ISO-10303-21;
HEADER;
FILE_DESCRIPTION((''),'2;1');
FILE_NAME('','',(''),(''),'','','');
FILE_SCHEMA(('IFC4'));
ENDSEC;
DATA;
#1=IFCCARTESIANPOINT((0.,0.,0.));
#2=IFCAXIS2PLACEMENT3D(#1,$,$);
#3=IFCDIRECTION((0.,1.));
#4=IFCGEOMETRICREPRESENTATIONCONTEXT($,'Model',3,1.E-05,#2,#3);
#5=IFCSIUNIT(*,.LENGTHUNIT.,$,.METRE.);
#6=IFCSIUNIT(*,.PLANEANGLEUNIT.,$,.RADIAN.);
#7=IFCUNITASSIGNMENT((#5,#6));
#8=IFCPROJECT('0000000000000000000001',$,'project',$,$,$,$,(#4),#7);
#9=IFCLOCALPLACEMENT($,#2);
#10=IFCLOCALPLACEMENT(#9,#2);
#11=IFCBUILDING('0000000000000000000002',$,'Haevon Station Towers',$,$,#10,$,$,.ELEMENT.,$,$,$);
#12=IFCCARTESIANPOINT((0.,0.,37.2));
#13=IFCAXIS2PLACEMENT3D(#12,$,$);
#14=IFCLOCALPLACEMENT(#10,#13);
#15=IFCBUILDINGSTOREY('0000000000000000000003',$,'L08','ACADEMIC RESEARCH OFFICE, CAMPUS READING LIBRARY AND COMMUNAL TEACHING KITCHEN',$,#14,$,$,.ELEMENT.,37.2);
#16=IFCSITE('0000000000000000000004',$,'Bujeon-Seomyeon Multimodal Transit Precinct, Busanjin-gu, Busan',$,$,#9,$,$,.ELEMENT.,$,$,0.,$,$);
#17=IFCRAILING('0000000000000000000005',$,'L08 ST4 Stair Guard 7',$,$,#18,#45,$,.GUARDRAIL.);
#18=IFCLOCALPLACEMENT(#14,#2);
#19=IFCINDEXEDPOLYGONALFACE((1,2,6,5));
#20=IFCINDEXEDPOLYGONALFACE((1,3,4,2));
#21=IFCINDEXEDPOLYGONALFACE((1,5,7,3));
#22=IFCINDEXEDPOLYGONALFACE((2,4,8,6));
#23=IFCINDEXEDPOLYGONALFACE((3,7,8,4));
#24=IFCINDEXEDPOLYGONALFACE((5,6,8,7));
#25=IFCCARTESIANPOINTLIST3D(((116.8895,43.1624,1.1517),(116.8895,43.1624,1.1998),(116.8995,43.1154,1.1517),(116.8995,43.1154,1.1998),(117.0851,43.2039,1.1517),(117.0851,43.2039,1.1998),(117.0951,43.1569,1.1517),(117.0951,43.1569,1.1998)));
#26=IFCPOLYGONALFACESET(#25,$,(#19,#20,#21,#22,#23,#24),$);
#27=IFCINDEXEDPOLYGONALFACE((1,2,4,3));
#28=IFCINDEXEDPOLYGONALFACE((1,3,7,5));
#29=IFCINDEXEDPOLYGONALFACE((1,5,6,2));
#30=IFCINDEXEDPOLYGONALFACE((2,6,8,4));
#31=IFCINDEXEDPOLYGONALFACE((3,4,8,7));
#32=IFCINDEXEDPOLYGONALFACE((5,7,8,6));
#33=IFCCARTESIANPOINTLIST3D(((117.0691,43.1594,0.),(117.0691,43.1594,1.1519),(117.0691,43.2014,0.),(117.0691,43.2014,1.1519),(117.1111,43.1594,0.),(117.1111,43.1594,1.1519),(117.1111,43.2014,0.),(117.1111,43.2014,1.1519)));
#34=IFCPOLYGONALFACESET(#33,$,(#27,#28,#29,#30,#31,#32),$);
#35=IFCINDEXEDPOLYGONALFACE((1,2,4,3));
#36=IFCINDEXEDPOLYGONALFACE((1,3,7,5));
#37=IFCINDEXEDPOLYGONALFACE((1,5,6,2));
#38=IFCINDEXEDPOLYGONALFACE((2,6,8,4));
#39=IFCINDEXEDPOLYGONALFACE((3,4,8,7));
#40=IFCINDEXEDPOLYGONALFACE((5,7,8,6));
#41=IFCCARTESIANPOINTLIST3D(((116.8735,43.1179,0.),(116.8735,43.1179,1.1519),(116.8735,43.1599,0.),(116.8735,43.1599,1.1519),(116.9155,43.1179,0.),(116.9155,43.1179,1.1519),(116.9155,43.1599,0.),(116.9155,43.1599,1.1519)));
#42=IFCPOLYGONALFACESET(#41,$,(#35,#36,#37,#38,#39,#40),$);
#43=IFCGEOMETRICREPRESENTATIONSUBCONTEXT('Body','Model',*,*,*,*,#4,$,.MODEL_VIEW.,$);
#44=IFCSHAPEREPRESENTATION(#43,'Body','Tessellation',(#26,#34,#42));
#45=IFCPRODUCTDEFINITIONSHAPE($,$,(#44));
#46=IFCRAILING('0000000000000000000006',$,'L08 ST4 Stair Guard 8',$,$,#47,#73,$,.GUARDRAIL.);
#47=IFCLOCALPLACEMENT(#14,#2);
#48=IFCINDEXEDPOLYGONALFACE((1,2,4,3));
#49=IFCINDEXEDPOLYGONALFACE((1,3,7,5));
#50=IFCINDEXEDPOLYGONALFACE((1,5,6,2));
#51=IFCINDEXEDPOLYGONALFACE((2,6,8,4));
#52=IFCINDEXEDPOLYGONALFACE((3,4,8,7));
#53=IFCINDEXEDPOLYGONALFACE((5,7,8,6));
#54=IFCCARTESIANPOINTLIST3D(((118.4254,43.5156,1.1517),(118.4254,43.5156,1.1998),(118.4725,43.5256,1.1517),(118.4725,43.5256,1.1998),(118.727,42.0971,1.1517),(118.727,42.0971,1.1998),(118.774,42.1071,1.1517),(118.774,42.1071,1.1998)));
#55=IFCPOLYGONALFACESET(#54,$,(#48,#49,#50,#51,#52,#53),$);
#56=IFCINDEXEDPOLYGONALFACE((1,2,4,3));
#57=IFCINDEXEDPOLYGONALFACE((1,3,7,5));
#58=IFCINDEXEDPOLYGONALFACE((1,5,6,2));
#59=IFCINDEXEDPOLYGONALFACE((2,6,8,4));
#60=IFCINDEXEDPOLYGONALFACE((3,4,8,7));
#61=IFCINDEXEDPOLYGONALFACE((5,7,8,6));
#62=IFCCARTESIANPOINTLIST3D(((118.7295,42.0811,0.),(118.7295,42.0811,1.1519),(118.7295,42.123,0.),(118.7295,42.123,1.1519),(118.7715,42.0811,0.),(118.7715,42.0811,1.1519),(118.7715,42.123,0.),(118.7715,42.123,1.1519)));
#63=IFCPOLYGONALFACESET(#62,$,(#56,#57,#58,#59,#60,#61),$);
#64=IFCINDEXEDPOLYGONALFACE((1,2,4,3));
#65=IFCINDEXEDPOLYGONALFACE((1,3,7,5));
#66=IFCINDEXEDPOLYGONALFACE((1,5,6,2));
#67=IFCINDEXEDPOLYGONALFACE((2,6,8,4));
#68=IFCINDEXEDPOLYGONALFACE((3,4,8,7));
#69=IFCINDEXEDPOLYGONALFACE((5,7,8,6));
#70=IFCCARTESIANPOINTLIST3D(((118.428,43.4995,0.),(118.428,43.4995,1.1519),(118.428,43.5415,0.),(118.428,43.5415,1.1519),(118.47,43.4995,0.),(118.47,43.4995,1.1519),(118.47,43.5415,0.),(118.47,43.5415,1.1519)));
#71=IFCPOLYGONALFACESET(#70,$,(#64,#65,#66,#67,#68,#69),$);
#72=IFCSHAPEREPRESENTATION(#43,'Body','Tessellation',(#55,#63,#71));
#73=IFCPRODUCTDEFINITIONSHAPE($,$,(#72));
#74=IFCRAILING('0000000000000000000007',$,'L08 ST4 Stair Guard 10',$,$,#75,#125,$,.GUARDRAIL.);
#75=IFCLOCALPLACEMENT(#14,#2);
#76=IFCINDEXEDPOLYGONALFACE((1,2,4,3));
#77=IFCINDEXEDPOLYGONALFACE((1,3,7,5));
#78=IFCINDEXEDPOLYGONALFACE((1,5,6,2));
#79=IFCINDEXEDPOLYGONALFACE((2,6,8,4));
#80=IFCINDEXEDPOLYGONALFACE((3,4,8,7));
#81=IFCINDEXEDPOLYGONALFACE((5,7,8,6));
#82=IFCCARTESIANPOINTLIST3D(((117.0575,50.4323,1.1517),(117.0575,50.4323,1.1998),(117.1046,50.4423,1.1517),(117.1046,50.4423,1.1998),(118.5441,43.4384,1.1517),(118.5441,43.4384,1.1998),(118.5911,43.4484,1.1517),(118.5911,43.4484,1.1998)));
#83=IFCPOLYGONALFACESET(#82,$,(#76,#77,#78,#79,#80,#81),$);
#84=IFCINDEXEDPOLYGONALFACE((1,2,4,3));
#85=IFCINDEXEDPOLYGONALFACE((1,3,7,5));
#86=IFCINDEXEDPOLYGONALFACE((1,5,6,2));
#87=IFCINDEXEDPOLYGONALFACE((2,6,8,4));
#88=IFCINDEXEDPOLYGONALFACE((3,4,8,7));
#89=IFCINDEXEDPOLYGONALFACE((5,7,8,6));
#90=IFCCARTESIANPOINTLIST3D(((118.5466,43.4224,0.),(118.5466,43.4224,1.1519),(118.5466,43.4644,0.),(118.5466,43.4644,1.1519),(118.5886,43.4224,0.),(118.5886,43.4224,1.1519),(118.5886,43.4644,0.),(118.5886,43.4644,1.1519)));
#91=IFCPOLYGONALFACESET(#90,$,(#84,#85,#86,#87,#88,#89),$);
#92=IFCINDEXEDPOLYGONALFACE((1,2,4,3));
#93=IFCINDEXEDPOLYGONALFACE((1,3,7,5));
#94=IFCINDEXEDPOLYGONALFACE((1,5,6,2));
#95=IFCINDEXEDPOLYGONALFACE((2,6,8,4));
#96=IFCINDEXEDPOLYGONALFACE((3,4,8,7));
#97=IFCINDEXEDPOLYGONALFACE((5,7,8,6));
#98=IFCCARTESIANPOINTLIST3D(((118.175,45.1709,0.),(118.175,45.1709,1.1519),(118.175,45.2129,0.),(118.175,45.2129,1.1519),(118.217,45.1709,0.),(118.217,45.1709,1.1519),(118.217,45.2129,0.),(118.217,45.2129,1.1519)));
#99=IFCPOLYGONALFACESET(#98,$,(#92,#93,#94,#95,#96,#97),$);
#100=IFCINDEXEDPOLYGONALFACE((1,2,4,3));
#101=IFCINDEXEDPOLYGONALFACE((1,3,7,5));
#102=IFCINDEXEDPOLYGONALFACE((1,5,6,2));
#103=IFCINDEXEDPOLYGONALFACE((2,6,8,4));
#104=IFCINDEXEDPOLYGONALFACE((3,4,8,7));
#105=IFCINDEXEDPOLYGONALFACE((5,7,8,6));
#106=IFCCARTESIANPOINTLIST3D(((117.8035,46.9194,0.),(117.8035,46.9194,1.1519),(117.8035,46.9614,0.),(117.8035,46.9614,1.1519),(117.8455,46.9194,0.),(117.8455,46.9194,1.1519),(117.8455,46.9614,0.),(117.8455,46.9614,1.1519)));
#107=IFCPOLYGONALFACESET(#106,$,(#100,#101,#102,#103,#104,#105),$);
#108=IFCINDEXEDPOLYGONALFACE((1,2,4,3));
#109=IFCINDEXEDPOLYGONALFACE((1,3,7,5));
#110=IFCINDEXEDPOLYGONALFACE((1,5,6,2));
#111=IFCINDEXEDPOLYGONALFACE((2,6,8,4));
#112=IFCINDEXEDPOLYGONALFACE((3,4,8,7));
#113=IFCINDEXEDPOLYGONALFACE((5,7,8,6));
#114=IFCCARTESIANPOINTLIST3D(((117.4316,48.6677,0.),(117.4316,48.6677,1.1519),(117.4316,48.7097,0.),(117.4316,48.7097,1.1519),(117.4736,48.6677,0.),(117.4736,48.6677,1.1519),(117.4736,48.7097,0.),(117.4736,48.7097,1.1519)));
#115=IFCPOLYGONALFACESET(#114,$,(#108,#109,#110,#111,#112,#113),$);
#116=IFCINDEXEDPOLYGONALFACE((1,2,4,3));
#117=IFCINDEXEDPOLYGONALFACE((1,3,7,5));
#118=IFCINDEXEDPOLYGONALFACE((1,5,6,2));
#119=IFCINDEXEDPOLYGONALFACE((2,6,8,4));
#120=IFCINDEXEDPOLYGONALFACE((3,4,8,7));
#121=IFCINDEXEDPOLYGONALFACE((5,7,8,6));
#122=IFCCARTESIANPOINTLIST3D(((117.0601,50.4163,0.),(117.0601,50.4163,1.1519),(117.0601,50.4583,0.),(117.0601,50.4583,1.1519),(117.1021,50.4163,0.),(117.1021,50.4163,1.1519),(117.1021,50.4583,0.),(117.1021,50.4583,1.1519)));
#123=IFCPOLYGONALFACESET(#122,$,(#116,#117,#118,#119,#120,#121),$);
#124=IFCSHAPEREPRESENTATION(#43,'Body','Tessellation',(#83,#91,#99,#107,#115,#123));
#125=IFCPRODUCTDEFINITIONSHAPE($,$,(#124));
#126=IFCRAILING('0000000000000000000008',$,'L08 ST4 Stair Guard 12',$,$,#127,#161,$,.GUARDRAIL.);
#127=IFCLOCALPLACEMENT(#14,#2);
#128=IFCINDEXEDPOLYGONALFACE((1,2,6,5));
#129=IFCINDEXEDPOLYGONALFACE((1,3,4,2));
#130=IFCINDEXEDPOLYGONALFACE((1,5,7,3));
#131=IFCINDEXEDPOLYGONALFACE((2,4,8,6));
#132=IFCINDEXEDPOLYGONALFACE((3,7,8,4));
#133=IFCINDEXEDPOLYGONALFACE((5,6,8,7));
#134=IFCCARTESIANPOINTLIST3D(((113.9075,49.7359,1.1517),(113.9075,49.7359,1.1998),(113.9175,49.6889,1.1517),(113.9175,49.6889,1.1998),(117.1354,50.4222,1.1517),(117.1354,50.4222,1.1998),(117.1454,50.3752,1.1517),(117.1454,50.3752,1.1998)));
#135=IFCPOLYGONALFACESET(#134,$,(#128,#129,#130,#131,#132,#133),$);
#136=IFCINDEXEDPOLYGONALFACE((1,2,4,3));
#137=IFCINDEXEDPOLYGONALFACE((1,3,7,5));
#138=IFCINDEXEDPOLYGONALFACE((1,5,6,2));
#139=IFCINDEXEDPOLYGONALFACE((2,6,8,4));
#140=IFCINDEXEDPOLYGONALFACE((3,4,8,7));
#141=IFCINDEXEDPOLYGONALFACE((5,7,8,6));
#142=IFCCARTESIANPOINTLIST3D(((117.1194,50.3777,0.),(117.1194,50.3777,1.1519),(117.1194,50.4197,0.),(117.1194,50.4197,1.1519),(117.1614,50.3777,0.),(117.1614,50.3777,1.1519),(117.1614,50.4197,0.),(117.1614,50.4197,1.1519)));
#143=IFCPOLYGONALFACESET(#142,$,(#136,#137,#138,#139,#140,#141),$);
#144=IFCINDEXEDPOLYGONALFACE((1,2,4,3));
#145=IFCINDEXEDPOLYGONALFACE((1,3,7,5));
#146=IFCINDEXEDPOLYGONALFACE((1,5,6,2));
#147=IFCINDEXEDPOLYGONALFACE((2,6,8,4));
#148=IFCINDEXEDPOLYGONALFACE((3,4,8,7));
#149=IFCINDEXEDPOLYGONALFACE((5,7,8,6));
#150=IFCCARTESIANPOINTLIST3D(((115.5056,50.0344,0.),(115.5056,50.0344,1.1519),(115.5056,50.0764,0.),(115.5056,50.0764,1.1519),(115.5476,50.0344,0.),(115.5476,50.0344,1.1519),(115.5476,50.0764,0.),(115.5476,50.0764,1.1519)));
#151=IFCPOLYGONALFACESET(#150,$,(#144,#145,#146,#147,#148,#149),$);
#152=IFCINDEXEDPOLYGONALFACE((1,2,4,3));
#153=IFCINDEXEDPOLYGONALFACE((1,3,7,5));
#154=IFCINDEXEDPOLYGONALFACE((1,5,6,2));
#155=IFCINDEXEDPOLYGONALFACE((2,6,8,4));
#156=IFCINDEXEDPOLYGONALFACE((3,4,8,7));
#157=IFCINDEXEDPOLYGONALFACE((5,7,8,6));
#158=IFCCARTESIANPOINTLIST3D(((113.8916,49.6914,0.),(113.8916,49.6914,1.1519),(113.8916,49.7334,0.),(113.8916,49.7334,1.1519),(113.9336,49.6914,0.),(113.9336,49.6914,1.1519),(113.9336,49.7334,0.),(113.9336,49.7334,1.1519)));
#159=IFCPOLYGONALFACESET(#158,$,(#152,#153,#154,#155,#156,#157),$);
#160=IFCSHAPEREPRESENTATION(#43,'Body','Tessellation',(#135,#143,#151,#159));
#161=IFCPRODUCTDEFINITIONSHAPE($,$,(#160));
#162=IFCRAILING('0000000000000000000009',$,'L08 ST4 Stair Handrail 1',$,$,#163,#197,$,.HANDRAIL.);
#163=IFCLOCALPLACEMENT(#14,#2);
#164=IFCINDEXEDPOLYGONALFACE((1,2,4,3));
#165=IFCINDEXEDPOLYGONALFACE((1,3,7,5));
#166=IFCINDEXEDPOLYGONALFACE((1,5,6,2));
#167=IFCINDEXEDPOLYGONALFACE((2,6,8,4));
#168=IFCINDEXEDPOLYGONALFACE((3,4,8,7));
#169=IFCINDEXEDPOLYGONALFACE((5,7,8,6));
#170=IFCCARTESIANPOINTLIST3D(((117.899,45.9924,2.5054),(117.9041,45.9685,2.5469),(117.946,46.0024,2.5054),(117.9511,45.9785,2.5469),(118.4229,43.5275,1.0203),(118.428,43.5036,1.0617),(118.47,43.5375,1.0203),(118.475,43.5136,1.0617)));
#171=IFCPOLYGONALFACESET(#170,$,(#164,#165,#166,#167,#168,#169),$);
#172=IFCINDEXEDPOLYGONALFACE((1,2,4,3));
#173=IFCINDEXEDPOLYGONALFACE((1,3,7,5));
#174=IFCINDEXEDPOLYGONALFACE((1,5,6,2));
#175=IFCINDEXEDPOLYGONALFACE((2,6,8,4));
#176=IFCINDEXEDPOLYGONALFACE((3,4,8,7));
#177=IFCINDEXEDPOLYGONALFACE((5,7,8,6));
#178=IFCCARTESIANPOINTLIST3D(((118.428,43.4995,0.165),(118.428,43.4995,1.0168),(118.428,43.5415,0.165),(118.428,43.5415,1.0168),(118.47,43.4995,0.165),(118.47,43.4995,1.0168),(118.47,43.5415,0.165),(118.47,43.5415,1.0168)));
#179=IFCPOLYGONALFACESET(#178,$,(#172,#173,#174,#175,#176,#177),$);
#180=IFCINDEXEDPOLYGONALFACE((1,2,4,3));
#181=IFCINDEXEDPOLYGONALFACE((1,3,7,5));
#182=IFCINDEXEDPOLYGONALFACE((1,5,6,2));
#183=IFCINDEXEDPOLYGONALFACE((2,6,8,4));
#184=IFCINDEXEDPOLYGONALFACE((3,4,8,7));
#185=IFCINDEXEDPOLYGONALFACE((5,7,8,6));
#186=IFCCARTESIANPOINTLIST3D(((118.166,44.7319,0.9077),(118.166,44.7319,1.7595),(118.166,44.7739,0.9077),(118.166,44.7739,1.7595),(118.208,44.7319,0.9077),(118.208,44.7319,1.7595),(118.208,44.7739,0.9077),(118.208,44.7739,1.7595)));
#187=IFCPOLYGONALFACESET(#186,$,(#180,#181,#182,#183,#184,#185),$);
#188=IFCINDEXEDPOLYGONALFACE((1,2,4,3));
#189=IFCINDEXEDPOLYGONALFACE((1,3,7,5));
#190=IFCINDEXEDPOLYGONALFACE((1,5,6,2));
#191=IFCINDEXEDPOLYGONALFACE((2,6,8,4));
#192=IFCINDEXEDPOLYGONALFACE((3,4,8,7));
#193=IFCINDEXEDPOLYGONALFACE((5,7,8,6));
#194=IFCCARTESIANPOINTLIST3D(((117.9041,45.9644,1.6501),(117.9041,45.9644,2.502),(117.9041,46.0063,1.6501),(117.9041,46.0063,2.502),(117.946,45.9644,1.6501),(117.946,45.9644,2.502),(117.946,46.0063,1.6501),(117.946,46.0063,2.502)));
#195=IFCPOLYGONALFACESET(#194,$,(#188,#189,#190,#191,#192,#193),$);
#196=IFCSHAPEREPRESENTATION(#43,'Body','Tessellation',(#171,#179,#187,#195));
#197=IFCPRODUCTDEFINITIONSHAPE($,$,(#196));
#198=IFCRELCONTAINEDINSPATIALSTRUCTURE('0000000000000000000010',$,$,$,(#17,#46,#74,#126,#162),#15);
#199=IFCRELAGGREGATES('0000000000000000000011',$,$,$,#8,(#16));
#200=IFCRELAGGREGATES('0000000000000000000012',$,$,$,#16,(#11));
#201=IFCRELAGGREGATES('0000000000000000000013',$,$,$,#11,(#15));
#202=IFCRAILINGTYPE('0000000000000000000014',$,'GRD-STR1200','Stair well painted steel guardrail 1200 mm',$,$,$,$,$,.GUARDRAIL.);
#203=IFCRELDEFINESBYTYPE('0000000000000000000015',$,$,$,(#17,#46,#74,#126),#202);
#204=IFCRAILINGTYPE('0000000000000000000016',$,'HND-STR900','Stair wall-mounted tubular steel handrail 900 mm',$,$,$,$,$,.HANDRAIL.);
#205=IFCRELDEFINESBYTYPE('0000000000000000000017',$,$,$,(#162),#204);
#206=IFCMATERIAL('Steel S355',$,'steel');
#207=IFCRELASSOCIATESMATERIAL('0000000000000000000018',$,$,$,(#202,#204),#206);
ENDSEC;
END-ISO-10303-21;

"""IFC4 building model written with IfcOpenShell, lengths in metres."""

from ifc_helpers import new_model, si_unit, direction, frame, origin, origin_2d, place, context, subcontext, project, spatial, rectangle, extrude, material, type_object, element, save


model = new_model("IFC4")

# Units and contexts
model_context = context("Model", 3, precision=1e-05, world=origin(), true_north=direction((0.0, 1.0)))
body_context = subcontext(model_context, "Body", "Model", "MODEL_VIEW")
ifc_project = project(units=[si_unit("LENGTHUNIT", "METRE"), si_unit("PLANEANGLEUNIT", "RADIAN")], contexts=[model_context])

# Site, building, storey
site_placement = place(None, origin())
site = spatial("IfcSite", under=ifc_project, at=site_placement, Name="Bujeon-Seomyeon Multimodal Transit Precinct, Busanjin-gu, Busan", CompositionType="ELEMENT", RefElevation=0.0)
building_placement = place(site_placement, origin())
building = spatial("IfcBuilding", under=site, at=building_placement, Name="Haevon Station Towers", CompositionType="ELEMENT")
storey_placement = place(building_placement, frame((0.0, 0.0, 37.2)))
storey = spatial("IfcBuildingStorey", under=building, at=storey_placement, Name="L08", Description="ACADEMIC RESEARCH OFFICE, CAMPUS READING LIBRARY AND COMMUNAL TEACHING KITCHEN", CompositionType="ELEMENT", Elevation=37.2)

# Shared definitions
ifc_material_1 = material(Name="Steel S355", Category="steel")

# Railings
railing_type_1 = type_object("IfcRailingType", Name="GRD-STR1200", Description="Stair well painted steel guardrail 1200 mm", PredefinedType="GUARDRAIL", material=ifc_material_1)
railing_1_placement = place(storey_placement, frame((117.0901, 43.1804, 0.0)))
element("IfcRailing", 1, at=railing_1_placement, inside=storey, type_object=railing_type_1, Name="L08 ST4 Stair Guard 7", PredefinedType="GUARDRAIL", context=body_context, shape_type="SweptSolid", body=[
    extrude(rectangle(XDim=0.0481, YDim=0.0481, at=origin_2d()), frame((0.0, 0.0, 1.1758), z_axis=(-0.978212, -0.20761, 0.0), x_axis=(0.20761, -0.978212, 0.0)), (0.0, 0.0, 1.0), 0.2),
    extrude(rectangle(XDim=0.042, YDim=0.042, at=origin_2d()), origin(), (0.0, 0.0, 1.0), 1.1519),
    extrude(rectangle(XDim=0.042, YDim=0.042, at=origin_2d()), frame((-0.1956, -0.0415, 0.0)), (0.0, 0.0, 1.0), 1.1519),
])
railing_2_placement = place(storey_placement, frame((118.7505, 42.1021, 0.0)))
element("IfcRailing", 2, at=railing_2_placement, inside=storey, type_object=railing_type_1, Name="L08 ST4 Stair Guard 8", PredefinedType="GUARDRAIL", context=body_context, shape_type="SweptSolid", body=[
    extrude(rectangle(XDim=0.0481, YDim=0.0481, at=origin_2d()), frame((0.0, 0.0, 1.1758), z_axis=(-0.207919, 0.978146, 0.0), x_axis=(-0.978146, -0.207919, 0.0)), (0.0, 0.0, 1.0), 1.4502),
    extrude(rectangle(XDim=0.042, YDim=0.042, at=origin_2d()), origin(), (0.0, 0.0, 1.0), 1.1519),
    extrude(rectangle(XDim=0.042, YDim=0.042, at=origin_2d()), frame((-0.3015, 1.4185, 0.0)), (0.0, 0.0, 1.0), 1.1519),
])
railing_3_placement = place(storey_placement, frame((118.5676, 43.4434, 0.0)))
element("IfcRailing", 3, at=railing_3_placement, inside=storey, type_object=railing_type_1, Name="L08 ST4 Stair Guard 10", PredefinedType="GUARDRAIL", context=body_context, shape_type="SweptSolid", body=[
    extrude(rectangle(XDim=0.0481, YDim=0.0481, at=origin_2d()), frame((0.0, 0.0, 1.1758), z_axis=(-0.207908, 0.978148, 0.0), x_axis=(-0.978148, -0.207908, 0.0)), (0.0, 0.0, 1.0), 7.1501),
    extrude(rectangle(XDim=0.042, YDim=0.042, at=origin_2d()), origin(), (0.0, 0.0, 1.0), 1.1519),
    extrude(rectangle(XDim=0.042, YDim=0.042, at=origin_2d()), frame((-0.3716, 1.7485, 0.0)), (0.0, 0.0, 1.0), 1.1519),
    extrude(rectangle(XDim=0.042, YDim=0.042, at=origin_2d()), frame((-0.7432, 3.4971, 0.0)), (0.0, 0.0, 1.0), 1.1519),
    extrude(rectangle(XDim=0.042, YDim=0.042, at=origin_2d()), frame((-1.115, 5.2454, 0.0)), (0.0, 0.0, 1.0), 1.1519),
    extrude(rectangle(XDim=0.042, YDim=0.042, at=origin_2d()), frame((-1.4866, 6.9939, 0.0)), (0.0, 0.0, 1.0), 1.1519),
])
railing_4_placement = place(storey_placement, frame((117.1404, 50.3987, 0.0)))
element("IfcRailing", 4, at=railing_4_placement, inside=storey, type_object=railing_type_1, Name="L08 ST4 Stair Guard 12", PredefinedType="GUARDRAIL", context=body_context, shape_type="SweptSolid", body=[
    extrude(rectangle(XDim=0.0481, YDim=0.0481, at=origin_2d()), frame((0.0, 0.0, 1.1758), z_axis=(-0.978136, -0.207968, 0.0), x_axis=(0.207968, -0.978136, 0.0)), (0.0, 0.0, 1.0), 3.3),
    extrude(rectangle(XDim=0.042, YDim=0.042, at=origin_2d()), origin(), (0.0, 0.0, 1.0), 1.1519),
    extrude(rectangle(XDim=0.042, YDim=0.042, at=origin_2d()), frame((-1.6138, -0.3433, 0.0)), (0.0, 0.0, 1.0), 1.1519),
    extrude(rectangle(XDim=0.042, YDim=0.042, at=origin_2d()), frame((-3.2278, -0.6863, 0.0)), (0.0, 0.0, 1.0), 1.1519),
])
railing_type_2 = type_object("IfcRailingType", Name="HND-STR900", Description="Stair wall-mounted tubular steel handrail 900 mm", PredefinedType="HANDRAIL", material=ifc_material_1)
railing_5_placement = place(storey_placement, frame((118.449, 43.5205, 0.165)))
element("IfcRailing", 5, at=railing_5_placement, inside=storey, type_object=railing_type_2, Name="L08 ST4 Stair Handrail 1", PredefinedType="HANDRAIL", context=body_context, shape_type="SweptSolid", body=[
    extrude(rectangle(XDim=0.0481, YDim=0.0481, at=origin_2d()), frame((0.0, 0.0, 0.876), z_axis=(-0.179121, 0.842688, 0.507733), x_axis=(-0.978147, -0.207914, 0.0)), (0.0, 0.0, 1.0), 2.925),
    extrude(rectangle(XDim=0.042, YDim=0.042, at=origin_2d()), origin(), (0.0, 0.0, 1.0), 0.8518),
    extrude(rectangle(XDim=0.042, YDim=0.042, at=origin_2d()), frame((-0.262, 1.2324, 0.7427)), (0.0, 0.0, 1.0), 0.8518),
    extrude(rectangle(XDim=0.042, YDim=0.042, at=origin_2d()), frame((-0.5239, 2.4648, 1.4851)), (0.0, 0.0, 1.0), 0.8518),
])

save(model, "model.ifc")
